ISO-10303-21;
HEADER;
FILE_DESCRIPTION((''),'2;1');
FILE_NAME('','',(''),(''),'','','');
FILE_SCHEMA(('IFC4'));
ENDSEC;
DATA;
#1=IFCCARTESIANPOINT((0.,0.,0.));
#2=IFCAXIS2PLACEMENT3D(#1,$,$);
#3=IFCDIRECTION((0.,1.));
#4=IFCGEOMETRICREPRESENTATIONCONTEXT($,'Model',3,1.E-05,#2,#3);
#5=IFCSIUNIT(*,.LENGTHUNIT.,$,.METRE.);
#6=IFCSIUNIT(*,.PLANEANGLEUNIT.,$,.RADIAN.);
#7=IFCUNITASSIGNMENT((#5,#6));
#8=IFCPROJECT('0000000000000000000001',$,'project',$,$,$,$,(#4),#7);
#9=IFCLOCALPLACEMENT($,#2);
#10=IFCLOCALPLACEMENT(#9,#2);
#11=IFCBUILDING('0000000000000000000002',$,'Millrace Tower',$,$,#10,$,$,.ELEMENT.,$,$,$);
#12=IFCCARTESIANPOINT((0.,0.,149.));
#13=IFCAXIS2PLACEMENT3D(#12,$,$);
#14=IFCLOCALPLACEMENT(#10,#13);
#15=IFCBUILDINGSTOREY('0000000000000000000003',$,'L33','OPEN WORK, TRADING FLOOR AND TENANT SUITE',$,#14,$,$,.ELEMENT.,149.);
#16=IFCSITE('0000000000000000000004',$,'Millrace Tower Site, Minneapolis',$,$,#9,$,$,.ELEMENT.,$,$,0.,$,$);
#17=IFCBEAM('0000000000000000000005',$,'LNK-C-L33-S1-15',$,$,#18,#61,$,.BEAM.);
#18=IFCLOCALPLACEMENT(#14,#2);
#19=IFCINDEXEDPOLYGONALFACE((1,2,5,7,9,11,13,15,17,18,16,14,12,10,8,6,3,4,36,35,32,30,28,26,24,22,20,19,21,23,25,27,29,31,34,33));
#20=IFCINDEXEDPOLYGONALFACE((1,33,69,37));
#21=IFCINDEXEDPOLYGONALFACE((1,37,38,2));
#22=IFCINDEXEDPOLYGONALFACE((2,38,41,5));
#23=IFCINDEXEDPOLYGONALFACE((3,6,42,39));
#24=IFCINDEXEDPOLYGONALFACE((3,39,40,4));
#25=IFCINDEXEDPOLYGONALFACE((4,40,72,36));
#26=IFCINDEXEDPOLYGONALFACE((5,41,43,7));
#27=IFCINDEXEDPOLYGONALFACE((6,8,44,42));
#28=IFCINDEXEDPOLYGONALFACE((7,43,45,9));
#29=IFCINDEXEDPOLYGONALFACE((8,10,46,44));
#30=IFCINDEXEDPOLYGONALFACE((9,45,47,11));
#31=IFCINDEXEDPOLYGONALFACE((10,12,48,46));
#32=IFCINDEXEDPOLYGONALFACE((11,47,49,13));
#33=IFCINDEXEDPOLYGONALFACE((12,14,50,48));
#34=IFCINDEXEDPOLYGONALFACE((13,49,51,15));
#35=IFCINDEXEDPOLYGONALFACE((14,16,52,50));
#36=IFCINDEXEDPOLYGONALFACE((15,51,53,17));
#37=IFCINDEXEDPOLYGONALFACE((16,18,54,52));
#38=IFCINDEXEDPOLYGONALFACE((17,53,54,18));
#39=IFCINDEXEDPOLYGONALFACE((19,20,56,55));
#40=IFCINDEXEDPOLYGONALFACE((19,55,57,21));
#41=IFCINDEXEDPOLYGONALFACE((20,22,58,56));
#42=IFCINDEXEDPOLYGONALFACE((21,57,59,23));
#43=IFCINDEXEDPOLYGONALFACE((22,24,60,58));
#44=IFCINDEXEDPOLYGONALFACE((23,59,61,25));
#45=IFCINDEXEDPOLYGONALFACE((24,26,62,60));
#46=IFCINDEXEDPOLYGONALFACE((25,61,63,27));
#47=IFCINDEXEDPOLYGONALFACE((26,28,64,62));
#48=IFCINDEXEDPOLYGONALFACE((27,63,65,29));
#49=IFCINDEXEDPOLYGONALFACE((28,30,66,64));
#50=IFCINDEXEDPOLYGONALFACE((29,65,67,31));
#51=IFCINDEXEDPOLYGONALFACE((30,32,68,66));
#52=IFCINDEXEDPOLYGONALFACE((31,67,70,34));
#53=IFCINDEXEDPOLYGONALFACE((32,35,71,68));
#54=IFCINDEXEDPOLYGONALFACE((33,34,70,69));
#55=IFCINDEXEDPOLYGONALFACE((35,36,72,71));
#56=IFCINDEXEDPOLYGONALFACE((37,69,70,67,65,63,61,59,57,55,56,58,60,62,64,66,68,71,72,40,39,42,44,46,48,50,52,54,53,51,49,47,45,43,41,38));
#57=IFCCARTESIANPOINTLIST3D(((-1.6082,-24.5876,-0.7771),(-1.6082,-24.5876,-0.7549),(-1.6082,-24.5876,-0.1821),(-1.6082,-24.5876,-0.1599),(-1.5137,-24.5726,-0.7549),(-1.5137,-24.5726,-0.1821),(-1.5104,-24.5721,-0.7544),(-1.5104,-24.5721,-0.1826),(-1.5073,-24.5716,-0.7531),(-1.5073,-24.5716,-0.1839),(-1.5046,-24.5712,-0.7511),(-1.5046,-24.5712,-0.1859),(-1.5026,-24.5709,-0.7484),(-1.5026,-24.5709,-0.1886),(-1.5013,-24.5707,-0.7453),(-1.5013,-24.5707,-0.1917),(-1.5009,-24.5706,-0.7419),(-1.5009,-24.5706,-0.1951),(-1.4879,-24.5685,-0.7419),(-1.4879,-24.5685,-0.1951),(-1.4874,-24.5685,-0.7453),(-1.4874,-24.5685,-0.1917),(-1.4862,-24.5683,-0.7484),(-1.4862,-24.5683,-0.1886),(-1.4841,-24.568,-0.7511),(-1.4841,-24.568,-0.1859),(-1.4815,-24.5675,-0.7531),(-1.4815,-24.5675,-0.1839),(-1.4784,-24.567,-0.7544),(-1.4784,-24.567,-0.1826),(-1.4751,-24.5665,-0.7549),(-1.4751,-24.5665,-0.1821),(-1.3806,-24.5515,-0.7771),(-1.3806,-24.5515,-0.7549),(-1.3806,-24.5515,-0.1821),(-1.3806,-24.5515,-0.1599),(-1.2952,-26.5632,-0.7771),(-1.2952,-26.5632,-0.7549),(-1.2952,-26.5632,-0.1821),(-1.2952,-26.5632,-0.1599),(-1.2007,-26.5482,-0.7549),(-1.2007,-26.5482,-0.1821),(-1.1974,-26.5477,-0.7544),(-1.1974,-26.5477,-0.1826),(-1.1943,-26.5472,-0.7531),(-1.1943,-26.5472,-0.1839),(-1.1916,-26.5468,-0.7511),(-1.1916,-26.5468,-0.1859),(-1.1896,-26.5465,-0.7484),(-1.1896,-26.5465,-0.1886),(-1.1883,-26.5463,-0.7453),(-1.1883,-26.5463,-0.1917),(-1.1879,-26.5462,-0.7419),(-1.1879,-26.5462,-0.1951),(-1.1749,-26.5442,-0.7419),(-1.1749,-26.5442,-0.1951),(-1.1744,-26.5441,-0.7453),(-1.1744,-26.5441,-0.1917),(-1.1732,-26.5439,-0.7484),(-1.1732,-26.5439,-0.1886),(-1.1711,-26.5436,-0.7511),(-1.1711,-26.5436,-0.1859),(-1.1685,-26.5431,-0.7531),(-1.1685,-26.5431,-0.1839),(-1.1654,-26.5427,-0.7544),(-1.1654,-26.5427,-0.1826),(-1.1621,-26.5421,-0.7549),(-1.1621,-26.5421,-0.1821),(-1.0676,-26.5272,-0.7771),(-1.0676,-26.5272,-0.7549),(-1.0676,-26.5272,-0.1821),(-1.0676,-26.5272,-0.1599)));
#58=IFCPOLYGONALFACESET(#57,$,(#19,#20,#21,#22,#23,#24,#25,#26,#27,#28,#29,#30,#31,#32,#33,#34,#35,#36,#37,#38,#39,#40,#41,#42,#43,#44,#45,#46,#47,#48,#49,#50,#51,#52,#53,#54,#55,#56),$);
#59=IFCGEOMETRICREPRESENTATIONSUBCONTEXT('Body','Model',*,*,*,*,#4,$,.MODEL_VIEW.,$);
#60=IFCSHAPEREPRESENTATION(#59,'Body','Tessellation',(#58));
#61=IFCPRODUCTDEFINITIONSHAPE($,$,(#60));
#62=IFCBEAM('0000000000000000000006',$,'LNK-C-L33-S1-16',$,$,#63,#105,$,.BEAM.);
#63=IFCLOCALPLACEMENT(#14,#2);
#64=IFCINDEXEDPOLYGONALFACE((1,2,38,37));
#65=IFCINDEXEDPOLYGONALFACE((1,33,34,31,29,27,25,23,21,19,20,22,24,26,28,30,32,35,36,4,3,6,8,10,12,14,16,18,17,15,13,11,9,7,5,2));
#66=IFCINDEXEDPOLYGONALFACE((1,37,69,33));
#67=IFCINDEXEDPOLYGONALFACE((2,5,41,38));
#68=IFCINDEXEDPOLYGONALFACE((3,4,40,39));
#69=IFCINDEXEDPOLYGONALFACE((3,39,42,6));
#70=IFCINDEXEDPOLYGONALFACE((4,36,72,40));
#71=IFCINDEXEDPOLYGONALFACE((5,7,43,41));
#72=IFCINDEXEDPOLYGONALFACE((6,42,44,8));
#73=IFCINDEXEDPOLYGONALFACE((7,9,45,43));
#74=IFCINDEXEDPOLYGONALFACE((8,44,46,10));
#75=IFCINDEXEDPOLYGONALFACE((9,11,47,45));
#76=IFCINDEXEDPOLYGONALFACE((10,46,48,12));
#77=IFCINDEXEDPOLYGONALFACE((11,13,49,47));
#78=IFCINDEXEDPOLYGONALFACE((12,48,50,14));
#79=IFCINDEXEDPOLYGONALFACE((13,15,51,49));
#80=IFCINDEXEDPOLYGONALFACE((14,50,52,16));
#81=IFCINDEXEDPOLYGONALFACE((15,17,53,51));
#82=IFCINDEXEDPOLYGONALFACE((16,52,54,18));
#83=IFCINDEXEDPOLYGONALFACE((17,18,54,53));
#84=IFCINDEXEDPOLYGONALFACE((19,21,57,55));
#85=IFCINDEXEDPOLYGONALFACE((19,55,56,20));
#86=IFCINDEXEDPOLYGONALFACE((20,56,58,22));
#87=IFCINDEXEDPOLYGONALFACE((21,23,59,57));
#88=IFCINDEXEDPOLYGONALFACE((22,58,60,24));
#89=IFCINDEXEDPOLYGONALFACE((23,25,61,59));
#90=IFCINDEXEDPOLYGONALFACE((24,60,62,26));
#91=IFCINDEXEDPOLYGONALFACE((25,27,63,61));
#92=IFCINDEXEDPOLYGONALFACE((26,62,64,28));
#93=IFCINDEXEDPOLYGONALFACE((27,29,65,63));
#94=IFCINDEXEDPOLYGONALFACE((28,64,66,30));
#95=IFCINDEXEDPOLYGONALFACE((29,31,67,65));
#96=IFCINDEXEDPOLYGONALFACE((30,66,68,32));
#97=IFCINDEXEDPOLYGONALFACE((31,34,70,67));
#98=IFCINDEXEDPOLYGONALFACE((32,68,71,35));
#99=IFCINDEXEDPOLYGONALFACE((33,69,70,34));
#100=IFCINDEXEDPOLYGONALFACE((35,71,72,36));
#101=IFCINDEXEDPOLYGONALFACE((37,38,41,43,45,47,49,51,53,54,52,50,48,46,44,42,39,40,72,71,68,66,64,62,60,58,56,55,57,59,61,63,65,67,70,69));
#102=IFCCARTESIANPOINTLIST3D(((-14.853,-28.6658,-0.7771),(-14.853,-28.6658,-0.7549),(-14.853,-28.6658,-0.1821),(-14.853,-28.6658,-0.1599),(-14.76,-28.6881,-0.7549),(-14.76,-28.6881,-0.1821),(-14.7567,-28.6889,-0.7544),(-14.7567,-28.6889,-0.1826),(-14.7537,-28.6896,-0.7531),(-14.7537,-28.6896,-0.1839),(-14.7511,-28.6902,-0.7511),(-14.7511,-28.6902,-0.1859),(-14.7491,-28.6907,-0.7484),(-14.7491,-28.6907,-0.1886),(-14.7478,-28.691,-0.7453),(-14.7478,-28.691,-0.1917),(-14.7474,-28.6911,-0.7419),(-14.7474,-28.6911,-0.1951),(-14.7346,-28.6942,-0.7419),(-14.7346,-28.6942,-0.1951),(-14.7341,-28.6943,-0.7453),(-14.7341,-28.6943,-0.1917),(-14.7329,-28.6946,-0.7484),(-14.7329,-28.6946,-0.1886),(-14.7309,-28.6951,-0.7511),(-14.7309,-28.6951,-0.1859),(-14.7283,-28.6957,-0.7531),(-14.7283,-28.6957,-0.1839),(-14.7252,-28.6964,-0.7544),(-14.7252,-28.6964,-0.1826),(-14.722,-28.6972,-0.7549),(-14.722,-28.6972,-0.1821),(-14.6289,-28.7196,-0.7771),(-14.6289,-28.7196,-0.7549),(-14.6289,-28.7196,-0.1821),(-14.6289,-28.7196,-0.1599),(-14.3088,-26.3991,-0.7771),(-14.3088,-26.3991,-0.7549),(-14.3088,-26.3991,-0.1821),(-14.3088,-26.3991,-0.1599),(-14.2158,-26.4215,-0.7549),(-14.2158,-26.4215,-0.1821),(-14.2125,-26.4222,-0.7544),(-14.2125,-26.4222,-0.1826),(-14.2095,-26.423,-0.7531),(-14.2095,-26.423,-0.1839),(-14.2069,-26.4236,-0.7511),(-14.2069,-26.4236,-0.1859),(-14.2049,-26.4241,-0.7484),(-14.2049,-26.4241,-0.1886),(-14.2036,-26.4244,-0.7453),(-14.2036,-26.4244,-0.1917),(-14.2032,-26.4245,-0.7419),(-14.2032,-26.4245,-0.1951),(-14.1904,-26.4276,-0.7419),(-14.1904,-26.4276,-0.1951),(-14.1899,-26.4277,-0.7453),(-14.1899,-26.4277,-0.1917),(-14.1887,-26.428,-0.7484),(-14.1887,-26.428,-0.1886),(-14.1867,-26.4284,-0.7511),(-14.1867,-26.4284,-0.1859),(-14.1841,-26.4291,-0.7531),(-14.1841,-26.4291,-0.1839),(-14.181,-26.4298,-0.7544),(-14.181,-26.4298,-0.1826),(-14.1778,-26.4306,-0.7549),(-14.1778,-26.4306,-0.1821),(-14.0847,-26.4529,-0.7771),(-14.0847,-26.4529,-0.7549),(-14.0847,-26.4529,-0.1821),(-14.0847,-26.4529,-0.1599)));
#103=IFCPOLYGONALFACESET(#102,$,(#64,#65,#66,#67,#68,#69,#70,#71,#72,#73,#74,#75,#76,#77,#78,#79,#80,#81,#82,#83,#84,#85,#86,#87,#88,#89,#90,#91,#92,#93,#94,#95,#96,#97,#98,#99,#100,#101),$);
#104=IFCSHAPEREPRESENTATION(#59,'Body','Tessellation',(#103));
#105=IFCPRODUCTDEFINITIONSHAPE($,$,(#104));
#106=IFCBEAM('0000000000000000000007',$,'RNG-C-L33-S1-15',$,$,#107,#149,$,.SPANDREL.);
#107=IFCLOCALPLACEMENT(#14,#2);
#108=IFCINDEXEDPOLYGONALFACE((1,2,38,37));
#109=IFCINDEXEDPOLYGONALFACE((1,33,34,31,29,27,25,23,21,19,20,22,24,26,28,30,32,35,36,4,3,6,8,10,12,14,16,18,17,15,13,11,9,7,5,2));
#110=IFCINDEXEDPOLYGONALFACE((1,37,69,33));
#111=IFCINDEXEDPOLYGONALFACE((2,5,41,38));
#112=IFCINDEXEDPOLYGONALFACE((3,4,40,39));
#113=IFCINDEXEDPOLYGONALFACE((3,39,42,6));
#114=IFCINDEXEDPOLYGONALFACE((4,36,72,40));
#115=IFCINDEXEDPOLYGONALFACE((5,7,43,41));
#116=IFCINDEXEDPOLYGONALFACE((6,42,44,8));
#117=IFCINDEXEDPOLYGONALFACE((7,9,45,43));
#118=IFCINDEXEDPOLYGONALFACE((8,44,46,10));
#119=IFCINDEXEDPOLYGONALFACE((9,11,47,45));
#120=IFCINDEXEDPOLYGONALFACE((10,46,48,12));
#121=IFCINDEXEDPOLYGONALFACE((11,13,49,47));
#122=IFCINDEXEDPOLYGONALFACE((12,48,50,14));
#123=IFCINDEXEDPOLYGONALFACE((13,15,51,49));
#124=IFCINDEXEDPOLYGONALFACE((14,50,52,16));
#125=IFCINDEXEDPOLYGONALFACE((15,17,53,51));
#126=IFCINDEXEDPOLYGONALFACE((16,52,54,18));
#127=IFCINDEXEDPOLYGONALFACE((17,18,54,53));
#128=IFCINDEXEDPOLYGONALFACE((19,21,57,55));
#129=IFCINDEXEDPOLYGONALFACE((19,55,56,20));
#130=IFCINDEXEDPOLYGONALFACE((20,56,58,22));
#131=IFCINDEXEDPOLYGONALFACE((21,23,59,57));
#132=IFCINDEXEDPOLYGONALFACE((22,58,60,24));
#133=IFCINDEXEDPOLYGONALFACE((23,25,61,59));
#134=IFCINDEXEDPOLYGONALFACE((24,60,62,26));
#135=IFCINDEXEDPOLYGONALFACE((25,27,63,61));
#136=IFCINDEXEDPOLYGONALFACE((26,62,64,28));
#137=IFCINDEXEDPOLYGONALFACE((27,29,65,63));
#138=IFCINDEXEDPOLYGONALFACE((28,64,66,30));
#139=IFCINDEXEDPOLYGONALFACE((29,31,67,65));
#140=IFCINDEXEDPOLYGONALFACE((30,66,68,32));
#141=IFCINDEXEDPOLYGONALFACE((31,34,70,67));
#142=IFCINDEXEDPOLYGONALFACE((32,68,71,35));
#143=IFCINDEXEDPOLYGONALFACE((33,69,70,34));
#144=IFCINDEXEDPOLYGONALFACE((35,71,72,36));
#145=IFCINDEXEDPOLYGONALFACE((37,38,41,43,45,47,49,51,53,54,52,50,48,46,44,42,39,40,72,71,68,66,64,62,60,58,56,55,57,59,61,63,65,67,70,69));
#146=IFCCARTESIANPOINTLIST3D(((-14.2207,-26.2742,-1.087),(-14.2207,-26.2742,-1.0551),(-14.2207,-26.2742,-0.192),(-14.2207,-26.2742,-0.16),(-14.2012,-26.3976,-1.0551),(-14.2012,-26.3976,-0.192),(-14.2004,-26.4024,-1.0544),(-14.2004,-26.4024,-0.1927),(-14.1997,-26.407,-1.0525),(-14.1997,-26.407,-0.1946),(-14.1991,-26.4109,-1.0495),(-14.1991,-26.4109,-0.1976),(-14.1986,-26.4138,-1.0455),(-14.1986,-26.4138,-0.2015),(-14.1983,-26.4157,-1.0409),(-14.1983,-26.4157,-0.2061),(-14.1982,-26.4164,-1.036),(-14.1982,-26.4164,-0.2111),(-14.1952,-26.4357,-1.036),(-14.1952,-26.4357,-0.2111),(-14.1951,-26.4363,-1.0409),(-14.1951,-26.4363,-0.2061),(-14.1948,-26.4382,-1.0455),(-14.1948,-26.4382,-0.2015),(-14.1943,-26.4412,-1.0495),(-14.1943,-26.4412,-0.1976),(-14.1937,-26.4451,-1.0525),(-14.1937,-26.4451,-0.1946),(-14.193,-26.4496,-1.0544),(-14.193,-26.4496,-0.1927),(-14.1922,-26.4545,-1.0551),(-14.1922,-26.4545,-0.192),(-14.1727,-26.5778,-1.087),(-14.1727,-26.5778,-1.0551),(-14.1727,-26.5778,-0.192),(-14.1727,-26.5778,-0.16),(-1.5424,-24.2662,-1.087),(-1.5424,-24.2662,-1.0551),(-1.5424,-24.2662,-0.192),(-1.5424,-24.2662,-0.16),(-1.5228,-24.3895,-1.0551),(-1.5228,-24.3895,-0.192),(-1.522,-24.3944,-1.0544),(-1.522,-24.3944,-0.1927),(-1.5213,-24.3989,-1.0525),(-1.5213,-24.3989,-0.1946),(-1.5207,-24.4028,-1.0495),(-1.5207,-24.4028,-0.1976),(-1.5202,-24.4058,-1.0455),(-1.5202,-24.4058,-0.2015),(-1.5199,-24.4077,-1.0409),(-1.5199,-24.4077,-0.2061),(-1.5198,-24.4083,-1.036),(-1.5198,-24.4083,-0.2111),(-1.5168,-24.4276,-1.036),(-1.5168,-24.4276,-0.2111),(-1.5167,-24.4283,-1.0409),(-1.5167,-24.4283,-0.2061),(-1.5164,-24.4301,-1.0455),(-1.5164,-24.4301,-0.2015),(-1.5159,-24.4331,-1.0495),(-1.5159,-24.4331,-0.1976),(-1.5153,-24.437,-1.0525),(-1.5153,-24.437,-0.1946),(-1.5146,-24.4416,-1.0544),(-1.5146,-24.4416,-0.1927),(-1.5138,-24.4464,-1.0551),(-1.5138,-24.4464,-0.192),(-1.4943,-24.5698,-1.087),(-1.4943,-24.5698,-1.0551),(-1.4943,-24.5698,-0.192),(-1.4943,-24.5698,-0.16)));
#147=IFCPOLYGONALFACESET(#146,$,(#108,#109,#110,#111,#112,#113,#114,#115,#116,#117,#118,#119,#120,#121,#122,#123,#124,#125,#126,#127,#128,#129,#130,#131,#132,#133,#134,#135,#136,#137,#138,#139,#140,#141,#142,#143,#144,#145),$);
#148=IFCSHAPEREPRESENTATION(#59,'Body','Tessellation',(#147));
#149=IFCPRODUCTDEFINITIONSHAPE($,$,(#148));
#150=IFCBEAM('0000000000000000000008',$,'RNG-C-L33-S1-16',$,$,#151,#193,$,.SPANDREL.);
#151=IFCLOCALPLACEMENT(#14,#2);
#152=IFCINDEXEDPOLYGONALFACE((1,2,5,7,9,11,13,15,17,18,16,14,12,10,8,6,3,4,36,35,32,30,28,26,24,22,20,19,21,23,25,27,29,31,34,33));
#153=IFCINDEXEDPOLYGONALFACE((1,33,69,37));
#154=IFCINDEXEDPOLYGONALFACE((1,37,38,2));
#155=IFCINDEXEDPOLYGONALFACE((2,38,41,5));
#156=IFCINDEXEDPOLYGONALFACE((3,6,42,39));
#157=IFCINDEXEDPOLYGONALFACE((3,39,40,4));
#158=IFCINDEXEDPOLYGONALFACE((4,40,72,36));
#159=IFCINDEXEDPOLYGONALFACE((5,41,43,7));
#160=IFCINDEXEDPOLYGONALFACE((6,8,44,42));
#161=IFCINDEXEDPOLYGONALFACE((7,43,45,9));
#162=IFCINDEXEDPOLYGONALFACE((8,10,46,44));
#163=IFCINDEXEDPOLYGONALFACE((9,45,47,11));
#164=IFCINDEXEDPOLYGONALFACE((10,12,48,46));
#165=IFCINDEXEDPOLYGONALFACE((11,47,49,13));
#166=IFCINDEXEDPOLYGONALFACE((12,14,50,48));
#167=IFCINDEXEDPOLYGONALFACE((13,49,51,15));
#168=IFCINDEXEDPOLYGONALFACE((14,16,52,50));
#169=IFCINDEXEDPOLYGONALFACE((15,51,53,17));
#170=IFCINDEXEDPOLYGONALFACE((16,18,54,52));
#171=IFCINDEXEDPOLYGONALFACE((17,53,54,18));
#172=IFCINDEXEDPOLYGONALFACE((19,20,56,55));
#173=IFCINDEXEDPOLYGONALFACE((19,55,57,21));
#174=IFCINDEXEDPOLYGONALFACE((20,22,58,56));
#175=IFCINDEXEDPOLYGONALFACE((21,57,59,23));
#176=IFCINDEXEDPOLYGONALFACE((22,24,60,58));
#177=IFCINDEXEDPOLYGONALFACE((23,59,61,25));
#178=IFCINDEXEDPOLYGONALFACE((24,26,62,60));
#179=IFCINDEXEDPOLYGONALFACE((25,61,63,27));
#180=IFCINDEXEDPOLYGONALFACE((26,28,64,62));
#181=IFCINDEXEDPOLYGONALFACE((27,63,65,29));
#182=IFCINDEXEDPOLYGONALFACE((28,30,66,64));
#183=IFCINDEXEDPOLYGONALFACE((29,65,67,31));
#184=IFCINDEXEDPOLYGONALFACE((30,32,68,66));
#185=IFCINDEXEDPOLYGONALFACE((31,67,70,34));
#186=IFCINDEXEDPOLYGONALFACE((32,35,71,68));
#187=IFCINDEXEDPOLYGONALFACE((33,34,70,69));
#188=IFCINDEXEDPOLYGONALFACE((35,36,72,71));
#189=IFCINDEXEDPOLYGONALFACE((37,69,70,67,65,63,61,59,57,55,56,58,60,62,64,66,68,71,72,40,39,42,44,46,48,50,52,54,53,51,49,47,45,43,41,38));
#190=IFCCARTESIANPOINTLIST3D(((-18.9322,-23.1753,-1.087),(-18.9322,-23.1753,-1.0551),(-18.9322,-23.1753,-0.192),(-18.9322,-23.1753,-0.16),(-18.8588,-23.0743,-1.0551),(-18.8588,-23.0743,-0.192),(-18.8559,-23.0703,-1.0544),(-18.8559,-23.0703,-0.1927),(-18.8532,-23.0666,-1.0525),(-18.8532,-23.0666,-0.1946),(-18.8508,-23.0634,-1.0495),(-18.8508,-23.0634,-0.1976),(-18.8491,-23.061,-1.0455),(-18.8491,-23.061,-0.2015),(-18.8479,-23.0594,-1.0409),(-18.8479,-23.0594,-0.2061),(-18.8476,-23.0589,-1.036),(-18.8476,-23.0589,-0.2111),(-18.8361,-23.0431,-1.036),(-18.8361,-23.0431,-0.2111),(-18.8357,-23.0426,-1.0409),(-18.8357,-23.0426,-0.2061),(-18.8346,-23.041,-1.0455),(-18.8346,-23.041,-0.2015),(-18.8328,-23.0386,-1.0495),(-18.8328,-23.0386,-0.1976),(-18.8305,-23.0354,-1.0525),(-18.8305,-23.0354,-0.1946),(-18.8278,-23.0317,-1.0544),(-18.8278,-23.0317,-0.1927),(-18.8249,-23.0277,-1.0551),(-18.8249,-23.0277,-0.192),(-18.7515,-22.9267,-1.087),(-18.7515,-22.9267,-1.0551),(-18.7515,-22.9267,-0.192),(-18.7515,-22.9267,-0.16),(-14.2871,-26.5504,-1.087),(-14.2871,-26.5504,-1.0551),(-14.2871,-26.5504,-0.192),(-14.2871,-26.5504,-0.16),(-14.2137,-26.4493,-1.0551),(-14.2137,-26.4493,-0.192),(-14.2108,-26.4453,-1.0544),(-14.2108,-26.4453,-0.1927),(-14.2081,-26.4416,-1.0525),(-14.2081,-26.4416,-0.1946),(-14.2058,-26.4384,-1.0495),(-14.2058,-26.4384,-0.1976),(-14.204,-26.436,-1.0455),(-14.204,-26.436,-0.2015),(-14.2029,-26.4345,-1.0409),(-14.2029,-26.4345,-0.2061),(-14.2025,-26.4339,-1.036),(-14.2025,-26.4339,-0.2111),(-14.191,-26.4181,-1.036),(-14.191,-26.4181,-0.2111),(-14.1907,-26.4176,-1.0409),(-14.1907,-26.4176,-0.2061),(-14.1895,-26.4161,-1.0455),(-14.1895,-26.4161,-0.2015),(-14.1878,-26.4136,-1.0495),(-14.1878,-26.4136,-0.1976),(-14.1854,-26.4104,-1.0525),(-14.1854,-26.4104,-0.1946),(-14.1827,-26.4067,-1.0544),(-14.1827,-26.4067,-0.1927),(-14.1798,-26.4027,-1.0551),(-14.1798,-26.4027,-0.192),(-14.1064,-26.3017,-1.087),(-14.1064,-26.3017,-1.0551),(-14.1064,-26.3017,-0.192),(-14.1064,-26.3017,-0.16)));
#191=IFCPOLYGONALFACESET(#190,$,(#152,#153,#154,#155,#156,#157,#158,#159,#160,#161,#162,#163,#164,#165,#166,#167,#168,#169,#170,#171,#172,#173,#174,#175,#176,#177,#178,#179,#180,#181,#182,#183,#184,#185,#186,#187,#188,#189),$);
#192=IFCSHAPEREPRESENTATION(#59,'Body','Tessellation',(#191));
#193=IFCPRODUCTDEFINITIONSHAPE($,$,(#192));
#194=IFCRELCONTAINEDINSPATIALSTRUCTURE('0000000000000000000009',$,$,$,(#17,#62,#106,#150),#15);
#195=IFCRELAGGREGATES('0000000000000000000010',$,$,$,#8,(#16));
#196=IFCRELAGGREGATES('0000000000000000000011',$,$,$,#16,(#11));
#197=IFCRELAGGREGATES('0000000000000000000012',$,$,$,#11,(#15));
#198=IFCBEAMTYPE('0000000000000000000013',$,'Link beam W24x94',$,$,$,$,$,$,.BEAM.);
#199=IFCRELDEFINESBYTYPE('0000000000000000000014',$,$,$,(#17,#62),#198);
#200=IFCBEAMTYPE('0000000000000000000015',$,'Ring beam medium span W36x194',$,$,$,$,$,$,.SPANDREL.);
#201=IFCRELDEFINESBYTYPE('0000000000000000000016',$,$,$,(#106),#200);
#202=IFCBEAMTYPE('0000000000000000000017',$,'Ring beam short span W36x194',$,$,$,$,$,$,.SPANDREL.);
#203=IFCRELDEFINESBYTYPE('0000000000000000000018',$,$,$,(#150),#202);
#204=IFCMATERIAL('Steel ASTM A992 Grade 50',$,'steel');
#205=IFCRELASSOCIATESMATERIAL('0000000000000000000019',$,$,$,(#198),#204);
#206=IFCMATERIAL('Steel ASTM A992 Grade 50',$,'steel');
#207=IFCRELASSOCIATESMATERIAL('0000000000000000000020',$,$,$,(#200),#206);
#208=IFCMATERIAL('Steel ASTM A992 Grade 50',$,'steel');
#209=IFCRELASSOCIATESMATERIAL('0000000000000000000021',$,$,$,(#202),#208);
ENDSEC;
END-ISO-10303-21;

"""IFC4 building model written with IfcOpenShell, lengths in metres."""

from ifc_helpers import new_model, si_unit, direction, frame, origin, origin_2d, place, context, subcontext, project, spatial, i_section, extrude, material, material_profile, profile_set, type_object, element, save


model = new_model("IFC4")

# Units and contexts
model_context = context("Model", 3, precision=1e-05, world=origin(), true_north=direction((0.0, 1.0)))
body_context = subcontext(model_context, "Body", "Model", "MODEL_VIEW")
ifc_project = project(units=[si_unit("LENGTHUNIT", "METRE"), si_unit("PLANEANGLEUNIT", "RADIAN")], contexts=[model_context])

# Site, building, storey
site_placement = place(None, origin())
site = spatial("IfcSite", under=ifc_project, at=site_placement, Name="Millrace Tower Site, Minneapolis", CompositionType="ELEMENT", RefElevation=0.0)
building_placement = place(site_placement, origin())
building = spatial("IfcBuilding", under=site, at=building_placement, Name="Millrace Tower", CompositionType="ELEMENT")
storey_placement = place(building_placement, frame((0.0, 0.0, 149.0)))
storey = spatial("IfcBuildingStorey", under=building, at=storey_placement, Name="L33", Description="OPEN WORK, TRADING FLOOR AND TENANT SUITE", CompositionType="ELEMENT", Elevation=149.0)

# Beams
ifc_material_1 = material(Name="Steel ASTM A992 Grade 50", Category="steel")
ifc_material_profile_1 = material_profile(ifc_material_1, i_section(OverallWidth=0.2305, OverallDepth=0.6172, WebThickness=0.0132, FlangeThickness=0.0222, FilletRadius=0.0129, at=origin_2d()))
ifc_profile_set_1 = profile_set([ifc_material_profile_1], Name="Steel ASTM A992 Grade 50")
beam_type_1 = type_object("IfcBeamType", Name="Link beam W24x94", PredefinedType="BEAM", material=ifc_profile_set_1)
beam_1_placement = place(storey_placement, frame((-1.4944, -24.5696, -0.4685), z_axis=(0.156477, -0.987682, 0.0), x_axis=(0.987682, 0.156477, 0.0)))
element("IfcBeam", 1, at=beam_1_placement, inside=storey, type_object=beam_type_1, Name="LNK-C-L33-S1-15", PredefinedType="BEAM", context=body_context, shape_type="SweptSolid", body=[
    extrude(i_section(OverallWidth=0.2305, OverallDepth=0.6172, WebThickness=0.0132, FlangeThickness=0.0222, FilletRadius=0.0129, at=origin_2d()), origin(), (0.0, 0.0, 1.0), 2.0002),
])
beam_2_placement = place(storey_placement, frame((-14.1968, -26.426, -0.4685), z_axis=(-0.233456, -0.972367, 0.0), x_axis=(0.972367, -0.233456, 0.0)))
element("IfcBeam", 2, at=beam_2_placement, inside=storey, type_object=beam_type_1, Name="LNK-C-L33-S1-16", PredefinedType="BEAM", context=body_context, shape_type="SweptSolid", body=[
    extrude(i_section(OverallWidth=0.2305, OverallDepth=0.6172, WebThickness=0.0132, FlangeThickness=0.0222, FilletRadius=0.0129, at=origin_2d()), origin(), (0.0, 0.0, 1.0), 2.3311),
])
ifc_material_2 = material(Name="Steel ASTM A992 Grade 50", Category="steel")
ifc_material_profile_2 = material_profile(ifc_material_2, i_section(OverallWidth=0.3074, OverallDepth=0.927, WebThickness=0.0195, FlangeThickness=0.032, FilletRadius=0.019, at=origin_2d()))
ifc_profile_set_2 = profile_set([ifc_material_profile_2], Name="Steel ASTM A992 Grade 50")
beam_type_2 = type_object("IfcBeamType", Name="Ring beam medium span W36x194", PredefinedType="SPANDREL", material=ifc_profile_set_2)
beam_3_placement = place(storey_placement, frame((-1.5183, -24.418, -0.6235), z_axis=(-0.987689, -0.156433, 0.0), x_axis=(0.156433, -0.987689, 0.0)))
element("IfcBeam", 3, at=beam_3_placement, inside=storey, type_object=beam_type_2, Name="RNG-C-L33-S1-15", PredefinedType="SPANDREL", context=body_context, shape_type="SweptSolid", body=[
    extrude(i_section(OverallWidth=0.3074, OverallDepth=0.927, WebThickness=0.0195, FlangeThickness=0.032, FilletRadius=0.019, at=origin_2d()), origin(), (0.0, 0.0, 1.0), 12.8364),
])
ifc_material_3 = material(Name="Steel ASTM A992 Grade 50", Category="steel")
ifc_material_profile_3 = material_profile(ifc_material_3, i_section(OverallWidth=0.3074, OverallDepth=0.927, WebThickness=0.0195, FlangeThickness=0.032, FilletRadius=0.019, at=origin_2d()))
ifc_profile_set_3 = profile_set([ifc_material_profile_3], Name="Steel ASTM A992 Grade 50")
beam_type_3 = type_object("IfcBeamType", Name="Ring beam short span W36x194", PredefinedType="SPANDREL", material=ifc_profile_set_3)
beam_4_placement = place(storey_placement, frame((-14.1968, -26.426, -0.6235), z_axis=(-0.809001, 0.587808, 0.0), x_axis=(-0.587808, -0.809001, 0.0)))
element("IfcBeam", 4, at=beam_4_placement, inside=storey, type_object=beam_type_3, Name="RNG-C-L33-S1-16", PredefinedType="SPANDREL", context=body_context, shape_type="SweptSolid", body=[
    extrude(i_section(OverallWidth=0.3074, OverallDepth=0.927, WebThickness=0.0195, FlangeThickness=0.032, FilletRadius=0.019, at=origin_2d()), origin(), (0.0, 0.0, 1.0), 5.7417),
])

save(model, "model.ifc")
